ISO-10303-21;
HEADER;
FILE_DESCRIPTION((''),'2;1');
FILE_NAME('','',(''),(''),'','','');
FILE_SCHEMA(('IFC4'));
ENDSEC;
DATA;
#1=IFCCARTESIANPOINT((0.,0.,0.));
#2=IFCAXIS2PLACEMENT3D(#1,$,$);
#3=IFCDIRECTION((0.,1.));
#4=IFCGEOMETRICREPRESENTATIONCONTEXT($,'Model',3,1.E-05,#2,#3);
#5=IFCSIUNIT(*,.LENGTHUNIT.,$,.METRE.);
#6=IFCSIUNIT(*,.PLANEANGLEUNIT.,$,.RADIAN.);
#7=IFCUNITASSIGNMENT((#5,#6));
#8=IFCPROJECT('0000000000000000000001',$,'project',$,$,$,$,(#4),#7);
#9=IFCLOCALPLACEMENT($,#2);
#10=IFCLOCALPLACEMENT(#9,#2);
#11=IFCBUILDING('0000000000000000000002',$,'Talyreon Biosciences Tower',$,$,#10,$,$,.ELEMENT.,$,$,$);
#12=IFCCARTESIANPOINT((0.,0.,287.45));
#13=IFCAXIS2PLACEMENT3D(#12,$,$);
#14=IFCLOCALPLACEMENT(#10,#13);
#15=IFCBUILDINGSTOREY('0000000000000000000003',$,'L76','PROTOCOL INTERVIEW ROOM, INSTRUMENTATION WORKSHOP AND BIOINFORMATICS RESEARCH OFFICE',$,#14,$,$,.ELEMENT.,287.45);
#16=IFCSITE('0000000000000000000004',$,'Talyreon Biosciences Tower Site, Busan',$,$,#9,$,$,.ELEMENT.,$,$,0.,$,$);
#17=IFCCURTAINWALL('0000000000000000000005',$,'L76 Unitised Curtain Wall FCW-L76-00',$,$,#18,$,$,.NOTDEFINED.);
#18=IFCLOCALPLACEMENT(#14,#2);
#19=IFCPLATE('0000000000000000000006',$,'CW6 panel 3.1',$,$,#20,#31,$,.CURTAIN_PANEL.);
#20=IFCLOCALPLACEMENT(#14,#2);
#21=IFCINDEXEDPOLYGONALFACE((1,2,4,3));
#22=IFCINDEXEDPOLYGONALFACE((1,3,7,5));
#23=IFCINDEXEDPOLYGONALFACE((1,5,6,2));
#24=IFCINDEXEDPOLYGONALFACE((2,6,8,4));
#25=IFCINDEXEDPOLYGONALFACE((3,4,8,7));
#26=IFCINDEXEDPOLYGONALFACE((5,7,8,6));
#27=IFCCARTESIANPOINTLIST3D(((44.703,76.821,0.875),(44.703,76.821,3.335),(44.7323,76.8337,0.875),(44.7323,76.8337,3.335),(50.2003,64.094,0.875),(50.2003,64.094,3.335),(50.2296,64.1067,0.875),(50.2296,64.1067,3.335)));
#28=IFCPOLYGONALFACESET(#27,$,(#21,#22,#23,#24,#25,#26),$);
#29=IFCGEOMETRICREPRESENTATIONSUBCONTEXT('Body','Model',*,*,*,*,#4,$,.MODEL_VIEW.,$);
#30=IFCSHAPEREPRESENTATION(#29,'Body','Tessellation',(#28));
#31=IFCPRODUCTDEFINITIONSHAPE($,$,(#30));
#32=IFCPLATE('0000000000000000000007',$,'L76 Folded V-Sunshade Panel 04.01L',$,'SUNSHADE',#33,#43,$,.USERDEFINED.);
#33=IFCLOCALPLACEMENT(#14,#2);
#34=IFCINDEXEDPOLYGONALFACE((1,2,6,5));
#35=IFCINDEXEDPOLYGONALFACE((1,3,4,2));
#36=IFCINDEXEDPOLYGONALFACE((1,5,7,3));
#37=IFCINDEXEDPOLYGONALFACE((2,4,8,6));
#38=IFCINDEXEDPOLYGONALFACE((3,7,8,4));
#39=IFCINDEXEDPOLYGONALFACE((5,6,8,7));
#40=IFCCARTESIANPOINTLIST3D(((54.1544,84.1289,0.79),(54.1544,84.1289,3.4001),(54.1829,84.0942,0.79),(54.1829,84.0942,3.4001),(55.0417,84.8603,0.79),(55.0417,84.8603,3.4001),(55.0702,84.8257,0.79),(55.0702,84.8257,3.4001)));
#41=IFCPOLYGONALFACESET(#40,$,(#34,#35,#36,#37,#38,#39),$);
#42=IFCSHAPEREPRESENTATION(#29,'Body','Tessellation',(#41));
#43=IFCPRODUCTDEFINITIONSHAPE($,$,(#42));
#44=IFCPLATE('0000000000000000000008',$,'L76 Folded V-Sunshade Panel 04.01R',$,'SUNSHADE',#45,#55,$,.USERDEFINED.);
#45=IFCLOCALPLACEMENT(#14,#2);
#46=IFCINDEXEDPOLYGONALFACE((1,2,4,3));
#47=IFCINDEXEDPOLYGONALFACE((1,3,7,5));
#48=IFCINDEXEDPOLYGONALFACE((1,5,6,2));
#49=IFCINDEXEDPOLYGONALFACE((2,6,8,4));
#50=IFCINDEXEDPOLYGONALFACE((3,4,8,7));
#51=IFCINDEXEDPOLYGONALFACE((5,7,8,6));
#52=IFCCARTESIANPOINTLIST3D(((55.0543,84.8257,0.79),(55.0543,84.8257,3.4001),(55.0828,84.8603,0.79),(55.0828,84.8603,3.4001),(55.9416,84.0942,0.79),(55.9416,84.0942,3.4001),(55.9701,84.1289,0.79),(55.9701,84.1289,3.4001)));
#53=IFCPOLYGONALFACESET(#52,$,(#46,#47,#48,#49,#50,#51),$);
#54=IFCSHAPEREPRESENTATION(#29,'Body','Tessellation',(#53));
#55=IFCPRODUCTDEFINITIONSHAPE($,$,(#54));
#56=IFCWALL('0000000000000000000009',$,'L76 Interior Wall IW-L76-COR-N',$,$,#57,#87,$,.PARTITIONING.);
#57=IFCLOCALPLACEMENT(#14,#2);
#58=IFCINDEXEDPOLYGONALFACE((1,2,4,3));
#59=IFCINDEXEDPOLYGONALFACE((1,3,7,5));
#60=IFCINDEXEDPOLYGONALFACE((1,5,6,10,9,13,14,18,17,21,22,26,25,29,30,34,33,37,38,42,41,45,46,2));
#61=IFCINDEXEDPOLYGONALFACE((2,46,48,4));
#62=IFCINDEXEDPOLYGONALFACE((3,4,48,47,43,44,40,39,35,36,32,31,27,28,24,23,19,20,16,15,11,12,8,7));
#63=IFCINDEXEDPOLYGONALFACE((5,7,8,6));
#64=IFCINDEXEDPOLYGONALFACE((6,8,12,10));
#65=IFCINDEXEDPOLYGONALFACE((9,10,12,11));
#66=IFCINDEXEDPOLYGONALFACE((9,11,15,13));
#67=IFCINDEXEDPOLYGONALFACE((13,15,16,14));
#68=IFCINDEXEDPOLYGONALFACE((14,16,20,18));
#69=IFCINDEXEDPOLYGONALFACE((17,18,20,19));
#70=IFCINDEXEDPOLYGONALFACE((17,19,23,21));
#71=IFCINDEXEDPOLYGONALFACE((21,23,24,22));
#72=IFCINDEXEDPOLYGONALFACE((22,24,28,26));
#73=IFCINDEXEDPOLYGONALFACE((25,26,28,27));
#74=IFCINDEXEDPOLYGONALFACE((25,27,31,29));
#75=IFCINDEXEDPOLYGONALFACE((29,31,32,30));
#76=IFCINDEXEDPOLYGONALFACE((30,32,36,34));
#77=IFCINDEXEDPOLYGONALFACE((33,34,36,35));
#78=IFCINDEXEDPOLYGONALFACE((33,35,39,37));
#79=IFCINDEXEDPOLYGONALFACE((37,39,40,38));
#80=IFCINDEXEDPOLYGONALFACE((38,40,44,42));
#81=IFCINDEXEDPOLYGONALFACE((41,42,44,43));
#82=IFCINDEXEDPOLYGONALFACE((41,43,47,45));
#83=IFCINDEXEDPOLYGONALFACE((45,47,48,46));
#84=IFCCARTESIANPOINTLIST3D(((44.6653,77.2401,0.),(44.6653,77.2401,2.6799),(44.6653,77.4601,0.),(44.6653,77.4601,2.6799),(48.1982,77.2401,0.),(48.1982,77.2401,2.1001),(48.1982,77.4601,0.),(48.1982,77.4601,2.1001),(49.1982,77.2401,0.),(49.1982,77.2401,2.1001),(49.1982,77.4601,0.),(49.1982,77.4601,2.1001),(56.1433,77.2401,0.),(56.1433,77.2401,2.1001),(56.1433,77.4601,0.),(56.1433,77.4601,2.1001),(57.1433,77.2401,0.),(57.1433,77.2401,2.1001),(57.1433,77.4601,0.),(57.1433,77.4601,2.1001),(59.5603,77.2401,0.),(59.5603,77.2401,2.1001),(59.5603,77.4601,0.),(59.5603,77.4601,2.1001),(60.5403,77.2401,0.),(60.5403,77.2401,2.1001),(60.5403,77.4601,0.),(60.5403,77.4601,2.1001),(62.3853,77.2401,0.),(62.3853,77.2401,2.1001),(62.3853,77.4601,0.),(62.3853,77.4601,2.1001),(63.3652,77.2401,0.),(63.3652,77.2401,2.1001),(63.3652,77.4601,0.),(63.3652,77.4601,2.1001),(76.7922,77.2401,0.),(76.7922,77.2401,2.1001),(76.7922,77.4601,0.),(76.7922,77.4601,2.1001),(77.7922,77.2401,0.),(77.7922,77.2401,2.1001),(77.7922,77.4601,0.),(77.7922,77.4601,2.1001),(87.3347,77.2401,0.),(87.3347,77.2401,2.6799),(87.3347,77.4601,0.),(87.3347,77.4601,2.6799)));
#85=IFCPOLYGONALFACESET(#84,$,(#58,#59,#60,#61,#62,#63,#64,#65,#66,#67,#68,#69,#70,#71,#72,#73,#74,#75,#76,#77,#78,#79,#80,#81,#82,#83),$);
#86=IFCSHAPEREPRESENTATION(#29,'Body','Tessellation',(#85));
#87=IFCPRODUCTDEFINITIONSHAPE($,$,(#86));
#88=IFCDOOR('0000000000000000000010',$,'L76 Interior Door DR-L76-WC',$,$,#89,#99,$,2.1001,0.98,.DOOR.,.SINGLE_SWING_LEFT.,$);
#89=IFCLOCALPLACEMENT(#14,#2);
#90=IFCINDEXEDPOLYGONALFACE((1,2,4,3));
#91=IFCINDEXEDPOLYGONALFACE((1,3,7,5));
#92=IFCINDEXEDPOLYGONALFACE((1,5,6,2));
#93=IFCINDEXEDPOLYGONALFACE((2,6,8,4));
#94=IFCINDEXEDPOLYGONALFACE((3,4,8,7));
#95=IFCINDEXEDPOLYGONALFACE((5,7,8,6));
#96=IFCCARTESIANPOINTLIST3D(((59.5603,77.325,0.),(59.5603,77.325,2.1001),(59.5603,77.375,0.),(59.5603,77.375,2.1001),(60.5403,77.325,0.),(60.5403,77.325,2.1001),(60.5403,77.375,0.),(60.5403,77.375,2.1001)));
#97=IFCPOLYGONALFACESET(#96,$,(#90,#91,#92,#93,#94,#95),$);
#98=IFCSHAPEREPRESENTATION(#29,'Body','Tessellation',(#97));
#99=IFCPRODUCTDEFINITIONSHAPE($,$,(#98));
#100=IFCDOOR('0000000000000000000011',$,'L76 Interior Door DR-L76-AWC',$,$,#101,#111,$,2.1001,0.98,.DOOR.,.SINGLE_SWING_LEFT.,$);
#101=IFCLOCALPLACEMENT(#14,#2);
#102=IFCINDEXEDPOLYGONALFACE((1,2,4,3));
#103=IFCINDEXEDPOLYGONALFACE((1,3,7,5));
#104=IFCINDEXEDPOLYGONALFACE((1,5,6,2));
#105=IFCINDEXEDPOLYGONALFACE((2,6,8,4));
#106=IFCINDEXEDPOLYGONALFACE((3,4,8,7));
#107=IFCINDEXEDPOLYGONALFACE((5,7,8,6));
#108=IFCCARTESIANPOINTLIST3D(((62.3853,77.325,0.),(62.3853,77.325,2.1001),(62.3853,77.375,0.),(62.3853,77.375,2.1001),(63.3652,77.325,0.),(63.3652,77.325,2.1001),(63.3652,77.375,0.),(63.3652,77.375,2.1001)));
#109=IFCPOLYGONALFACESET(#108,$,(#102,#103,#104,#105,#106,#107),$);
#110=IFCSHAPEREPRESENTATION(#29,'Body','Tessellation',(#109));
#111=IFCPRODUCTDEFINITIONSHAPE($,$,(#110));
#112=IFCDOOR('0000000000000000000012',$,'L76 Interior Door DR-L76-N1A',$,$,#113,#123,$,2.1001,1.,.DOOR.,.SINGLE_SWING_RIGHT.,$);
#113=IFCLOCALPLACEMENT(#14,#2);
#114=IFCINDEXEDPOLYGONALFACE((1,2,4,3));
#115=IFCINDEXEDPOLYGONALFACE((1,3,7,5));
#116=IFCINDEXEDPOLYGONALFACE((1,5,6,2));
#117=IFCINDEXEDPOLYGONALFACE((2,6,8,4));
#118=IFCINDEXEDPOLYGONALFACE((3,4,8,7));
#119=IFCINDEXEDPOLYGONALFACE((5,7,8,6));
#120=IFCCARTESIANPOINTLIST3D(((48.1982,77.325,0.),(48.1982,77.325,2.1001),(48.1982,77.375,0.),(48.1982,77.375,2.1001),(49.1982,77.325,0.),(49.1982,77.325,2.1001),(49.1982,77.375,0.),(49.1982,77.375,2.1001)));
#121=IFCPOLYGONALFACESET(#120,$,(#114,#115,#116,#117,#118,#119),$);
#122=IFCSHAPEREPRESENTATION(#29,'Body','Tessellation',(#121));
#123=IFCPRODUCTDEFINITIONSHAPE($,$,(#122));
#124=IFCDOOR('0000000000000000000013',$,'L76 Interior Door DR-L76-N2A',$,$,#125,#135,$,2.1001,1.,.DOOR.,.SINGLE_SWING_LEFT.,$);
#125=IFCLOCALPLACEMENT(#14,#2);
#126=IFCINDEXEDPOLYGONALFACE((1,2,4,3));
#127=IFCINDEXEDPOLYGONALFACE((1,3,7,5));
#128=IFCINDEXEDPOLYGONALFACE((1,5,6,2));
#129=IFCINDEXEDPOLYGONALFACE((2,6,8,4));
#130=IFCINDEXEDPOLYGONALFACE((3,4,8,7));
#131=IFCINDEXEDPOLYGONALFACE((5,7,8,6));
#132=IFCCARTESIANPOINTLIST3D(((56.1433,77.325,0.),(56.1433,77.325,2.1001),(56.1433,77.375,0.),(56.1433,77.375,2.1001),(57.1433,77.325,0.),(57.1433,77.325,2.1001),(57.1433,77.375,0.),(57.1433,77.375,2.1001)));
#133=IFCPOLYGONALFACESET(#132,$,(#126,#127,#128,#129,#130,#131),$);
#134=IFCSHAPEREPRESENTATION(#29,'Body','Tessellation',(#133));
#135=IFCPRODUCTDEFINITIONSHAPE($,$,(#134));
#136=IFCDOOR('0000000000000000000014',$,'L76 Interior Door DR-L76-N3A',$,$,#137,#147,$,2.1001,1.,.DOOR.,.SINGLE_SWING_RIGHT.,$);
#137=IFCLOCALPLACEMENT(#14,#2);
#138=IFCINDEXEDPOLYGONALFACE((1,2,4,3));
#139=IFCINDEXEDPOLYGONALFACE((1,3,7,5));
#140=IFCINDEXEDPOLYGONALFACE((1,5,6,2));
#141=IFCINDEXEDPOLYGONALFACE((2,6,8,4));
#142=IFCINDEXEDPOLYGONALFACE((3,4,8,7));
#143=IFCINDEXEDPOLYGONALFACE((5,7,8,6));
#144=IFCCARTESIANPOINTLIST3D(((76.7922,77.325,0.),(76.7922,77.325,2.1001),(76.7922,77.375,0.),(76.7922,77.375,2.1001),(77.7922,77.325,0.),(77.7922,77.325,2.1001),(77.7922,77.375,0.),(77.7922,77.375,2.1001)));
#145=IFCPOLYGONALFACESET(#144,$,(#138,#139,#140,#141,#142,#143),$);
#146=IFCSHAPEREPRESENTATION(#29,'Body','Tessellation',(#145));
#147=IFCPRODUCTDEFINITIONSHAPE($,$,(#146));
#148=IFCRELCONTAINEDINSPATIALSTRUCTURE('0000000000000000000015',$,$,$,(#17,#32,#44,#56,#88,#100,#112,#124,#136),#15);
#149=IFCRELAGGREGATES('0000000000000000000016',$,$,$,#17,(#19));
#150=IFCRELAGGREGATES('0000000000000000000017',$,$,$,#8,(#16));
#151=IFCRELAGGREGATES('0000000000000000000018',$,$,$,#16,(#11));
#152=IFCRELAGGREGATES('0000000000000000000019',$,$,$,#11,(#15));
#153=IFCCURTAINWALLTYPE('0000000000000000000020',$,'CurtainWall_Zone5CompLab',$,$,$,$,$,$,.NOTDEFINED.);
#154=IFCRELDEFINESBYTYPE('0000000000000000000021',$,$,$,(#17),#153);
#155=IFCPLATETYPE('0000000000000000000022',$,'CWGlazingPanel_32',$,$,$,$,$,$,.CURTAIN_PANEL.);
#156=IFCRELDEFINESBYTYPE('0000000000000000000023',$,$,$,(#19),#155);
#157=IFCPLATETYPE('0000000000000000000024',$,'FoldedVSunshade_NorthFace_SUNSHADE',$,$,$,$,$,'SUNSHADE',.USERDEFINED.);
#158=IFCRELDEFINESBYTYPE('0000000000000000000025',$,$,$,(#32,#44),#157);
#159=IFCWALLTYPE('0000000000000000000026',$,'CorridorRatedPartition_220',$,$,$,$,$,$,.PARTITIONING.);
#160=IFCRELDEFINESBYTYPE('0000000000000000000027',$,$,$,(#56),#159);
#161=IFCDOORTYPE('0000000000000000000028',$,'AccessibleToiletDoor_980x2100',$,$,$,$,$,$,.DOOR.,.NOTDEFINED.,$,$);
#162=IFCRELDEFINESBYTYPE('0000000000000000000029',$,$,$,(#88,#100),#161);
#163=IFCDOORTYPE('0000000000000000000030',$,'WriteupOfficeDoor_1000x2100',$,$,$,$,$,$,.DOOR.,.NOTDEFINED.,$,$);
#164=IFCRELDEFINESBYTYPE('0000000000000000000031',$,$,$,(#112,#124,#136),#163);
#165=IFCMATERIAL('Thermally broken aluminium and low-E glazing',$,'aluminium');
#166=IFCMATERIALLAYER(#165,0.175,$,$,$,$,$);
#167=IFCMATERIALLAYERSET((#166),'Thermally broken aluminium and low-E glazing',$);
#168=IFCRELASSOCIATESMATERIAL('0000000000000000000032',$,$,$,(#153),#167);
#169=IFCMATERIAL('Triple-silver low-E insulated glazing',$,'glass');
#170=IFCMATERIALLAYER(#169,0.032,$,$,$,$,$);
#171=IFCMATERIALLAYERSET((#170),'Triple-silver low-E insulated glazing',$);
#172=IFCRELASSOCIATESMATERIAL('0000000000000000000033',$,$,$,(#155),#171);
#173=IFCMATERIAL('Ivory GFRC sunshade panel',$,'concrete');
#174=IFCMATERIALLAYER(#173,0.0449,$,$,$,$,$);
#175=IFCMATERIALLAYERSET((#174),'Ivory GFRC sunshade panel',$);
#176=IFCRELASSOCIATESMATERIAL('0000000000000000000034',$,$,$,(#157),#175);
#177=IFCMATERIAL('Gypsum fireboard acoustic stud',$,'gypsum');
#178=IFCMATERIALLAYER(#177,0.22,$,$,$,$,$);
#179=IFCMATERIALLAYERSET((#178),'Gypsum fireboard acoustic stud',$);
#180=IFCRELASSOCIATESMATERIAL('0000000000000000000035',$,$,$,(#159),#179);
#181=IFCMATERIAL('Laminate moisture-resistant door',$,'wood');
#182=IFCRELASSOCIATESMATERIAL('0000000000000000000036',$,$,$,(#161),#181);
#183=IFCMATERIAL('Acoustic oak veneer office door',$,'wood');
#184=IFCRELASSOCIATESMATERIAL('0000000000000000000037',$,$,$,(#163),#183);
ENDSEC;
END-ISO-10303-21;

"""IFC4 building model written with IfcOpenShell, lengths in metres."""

from ifc_helpers import new_model, si_unit, direction, frame, frame_2d, origin, origin_2d, place, context, subcontext, project, spatial, rectangle, extrude, material, layer, layer_set, type_object, element, fill, aggregate, save


model = new_model("IFC4")

# Units and contexts
model_context = context("Model", 3, precision=1e-05, world=origin(), true_north=direction((0.0, 1.0)))
body_context = subcontext(model_context, "Body", "Model", "MODEL_VIEW")
ifc_project = project(units=[si_unit("LENGTHUNIT", "METRE"), si_unit("PLANEANGLEUNIT", "RADIAN")], contexts=[model_context])

# Site, building, storey
site_placement = place(None, origin())
site = spatial("IfcSite", under=ifc_project, at=site_placement, Name="Talyreon Biosciences Tower Site, Busan", CompositionType="ELEMENT", RefElevation=0.0)
building_placement = place(site_placement, origin())
building = spatial("IfcBuilding", under=site, at=building_placement, Name="Talyreon Biosciences Tower", CompositionType="ELEMENT")
storey_placement = place(building_placement, frame((0.0, 0.0, 287.45)))
storey = spatial("IfcBuildingStorey", under=building, at=storey_placement, Name="L76", Description="PROTOCOL INTERVIEW ROOM, INSTRUMENTATION WORKSHOP AND BIOINFORMATICS RESEARCH OFFICE", CompositionType="ELEMENT", Elevation=287.45)

# Curtain wall
ifc_material_1 = material(Name="Thermally broken aluminium and low-E glazing", Category="aluminium")
ifc_layer_1 = layer(ifc_material_1, 0.175)
ifc_layer_set_1 = layer_set([ifc_layer_1], Name="Thermally broken aluminium and low-E glazing")
curtain_wall_type = type_object("IfcCurtainWallType", Name="CurtainWall_Zone5CompLab", PredefinedType="NOTDEFINED", material=ifc_layer_set_1)
curtain_wall_1_placement = place(storey_placement, origin())
curtain_wall_1 = element("IfcCurtainWall", 1, at=curtain_wall_1_placement, inside=storey, type_object=curtain_wall_type, Name="L76 Unitised Curtain Wall FCW-L76-00", PredefinedType="NOTDEFINED")

# Plate
ifc_material_2 = material(Name="Triple-silver low-E insulated glazing", Category="glass")
ifc_layer_2 = layer(ifc_material_2, 0.032)
ifc_layer_set_2 = layer_set([ifc_layer_2], Name="Triple-silver low-E insulated glazing")
plate_type_1 = type_object("IfcPlateType", Name="CWGlazingPanel_32", PredefinedType="CURTAIN_PANEL", material=ifc_layer_set_2)
plate_placement = place(storey_placement, frame((47.4663, 70.4639, 0.875), z_axis=(0.0, 0.0, 1.0), x_axis=(-0.396528, 0.918022, 0.0)))
plate = element("IfcPlate", 2, at=plate_placement, type_object=plate_type_1, Name="CW6 panel 3.1", PredefinedType="CURTAIN_PANEL", context=body_context, shape_type="SweptSolid", body=[
    extrude(rectangle(XDim=13.8635, YDim=0.032, at=origin_2d()), origin(), (0.0, 0.0, 1.0), 2.46),
])
aggregate(curtain_wall_1, [plate])

# Plates
ifc_material_3 = material(Name="Ivory GFRC sunshade panel", Category="concrete")
ifc_layer_3 = layer(ifc_material_3, 0.0449)
ifc_layer_set_3 = layer_set([ifc_layer_3], Name="Ivory GFRC sunshade panel")
plate_type_2 = type_object("IfcPlateType", Name="FoldedVSunshade_NorthFace_SUNSHADE", ElementType="SUNSHADE", PredefinedType="USERDEFINED", material=ifc_layer_set_3)
for number, where, z_axis, x_axis, name in (
    (3, (54.6123, 84.4773, 0.79), (0.0, 0.0, 1.0), (0.771625, 0.636078, 0.0), "L76 Folded V-Sunshade Panel 04.01L"),
    (4, (55.5122, 84.4773, 0.79), (0.0, 0.0, 1.0), (0.771625, -0.636078, 0.0), "L76 Folded V-Sunshade Panel 04.01R"),
):
    element("IfcPlate", number, at=place(storey_placement, frame(where, z_axis=z_axis, x_axis=x_axis)), inside=storey, type_object=plate_type_2, Name=name, ObjectType="SUNSHADE", PredefinedType="USERDEFINED", context=body_context, shape_type="SweptSolid", body=[
        extrude(rectangle(XDim=1.1499, YDim=0.0449, at=origin_2d()), origin(), (0.0, 0.0, 1.0), 2.6101),
    ])

# Wall, openings, doors
ifc_material_4 = material(Name="Gypsum fireboard acoustic stud", Category="gypsum")
ifc_layer_4 = layer(ifc_material_4, 0.22)
ifc_layer_set_4 = layer_set([ifc_layer_4], Name="Gypsum fireboard acoustic stud")
wall_type_1 = type_object("IfcWallType", Name="CorridorRatedPartition_220", PredefinedType="PARTITIONING", material=ifc_layer_set_4)
wall_1_placement = place(storey_placement, frame((44.6653, 77.3501, 0.0), z_axis=(0.0, 0.0, 1.0), x_axis=(1.0, 0.0, 0.0)))
wall_1 = element("IfcWall", 5, at=wall_1_placement, inside=storey, type_object=wall_type_1, Name="L76 Interior Wall IW-L76-COR-N", PredefinedType="PARTITIONING", context=body_context, shape_type="SweptSolid", body=[
    extrude(rectangle(XDim=42.6694, YDim=0.22, at=frame_2d((21.3347, 0.0))), origin(), (0.0, 0.0, 1.0), 2.6799),
])
opening_1_placement = place(wall_1_placement, frame((14.895, 0.0, 0.0)))
opening_1 = element("IfcOpeningElement", 6, at=opening_1_placement, cuts=wall_1, PredefinedType="OPENING", context=body_context, shape_type="SweptSolid", body=[
    extrude(rectangle(XDim=0.98, YDim=2.1001, at=frame_2d((0.49, 1.05))), frame((0.0, 0.1199, 0.0), z_axis=(0.0, -1.0, 0.0), x_axis=(1.0, 0.0, 0.0)), (0.0, 0.0, 1.0), 0.24),
])
opening_2_placement = place(wall_1_placement, frame((17.72, 0.0, 0.0)))
opening_2 = element("IfcOpeningElement", 7, at=opening_2_placement, cuts=wall_1, PredefinedType="OPENING", context=body_context, shape_type="SweptSolid", body=[
    extrude(rectangle(XDim=0.98, YDim=2.1001, at=frame_2d((0.49, 1.05))), frame((0.0, 0.1199, 0.0), z_axis=(0.0, -1.0, 0.0), x_axis=(1.0, 0.0, 0.0)), (0.0, 0.0, 1.0), 0.24),
])
opening_3_placement = place(wall_1_placement, frame((3.533, 0.0, 0.0)))
opening_3 = element("IfcOpeningElement", 8, at=opening_3_placement, cuts=wall_1, PredefinedType="OPENING", context=body_context, shape_type="SweptSolid", body=[
    extrude(rectangle(XDim=1.0, YDim=2.1001, at=frame_2d((0.5, 1.05))), frame((0.0, 0.1199, 0.0), z_axis=(0.0, -1.0, 0.0), x_axis=(1.0, 0.0, 0.0)), (0.0, 0.0, 1.0), 0.24),
])
opening_4_placement = place(wall_1_placement, frame((11.478, 0.0, 0.0)))
opening_4 = element("IfcOpeningElement", 9, at=opening_4_placement, cuts=wall_1, PredefinedType="OPENING", context=body_context, shape_type="SweptSolid", body=[
    extrude(rectangle(XDim=1.0, YDim=2.1001, at=frame_2d((0.5, 1.05))), frame((0.0, 0.1199, 0.0), z_axis=(0.0, -1.0, 0.0), x_axis=(1.0, 0.0, 0.0)), (0.0, 0.0, 1.0), 0.24),
])
opening_5_placement = place(wall_1_placement, frame((32.127, 0.0, 0.0)))
opening_5 = element("IfcOpeningElement", 10, at=opening_5_placement, cuts=wall_1, PredefinedType="OPENING", context=body_context, shape_type="SweptSolid", body=[
    extrude(rectangle(XDim=1.0, YDim=2.1001, at=frame_2d((0.5, 1.05))), frame((0.0, 0.1199, 0.0), z_axis=(0.0, -1.0, 0.0), x_axis=(1.0, 0.0, 0.0)), (0.0, 0.0, 1.0), 0.24),
])
ifc_material_5 = material(Name="Laminate moisture-resistant door", Category="wood")
door_type_1 = type_object("IfcDoorType", Name="AccessibleToiletDoor_980x2100", OperationType="NOTDEFINED", PredefinedType="DOOR", material=ifc_material_5)
door_1_placement = place(opening_1_placement, origin())
door_1 = element("IfcDoor", 11, at=door_1_placement, inside=storey, type_object=door_type_1, Name="L76 Interior Door DR-L76-WC", OperationType="SINGLE_SWING_LEFT", OverallHeight=2.1001, OverallWidth=0.98, PredefinedType="DOOR", context=body_context, shape_type="SweptSolid", body=[
    extrude(rectangle(XDim=0.98, YDim=2.1001, at=frame_2d((0.49, 1.05))), frame((0.0, 0.0249, 0.0), z_axis=(0.0, -1.0, 0.0), x_axis=(1.0, 0.0, 0.0)), (0.0, 0.0, 1.0), 0.05),
])
fill(opening_1, door_1)
door_2_placement = place(opening_2_placement, origin())
door_2 = element("IfcDoor", 12, at=door_2_placement, inside=storey, type_object=door_type_1, Name="L76 Interior Door DR-L76-AWC", OperationType="SINGLE_SWING_LEFT", OverallHeight=2.1001, OverallWidth=0.98, PredefinedType="DOOR", context=body_context, shape_type="SweptSolid", body=[
    extrude(rectangle(XDim=0.98, YDim=2.1001, at=frame_2d((0.49, 1.05))), frame((0.0, 0.0249, 0.0), z_axis=(0.0, -1.0, 0.0), x_axis=(1.0, 0.0, 0.0)), (0.0, 0.0, 1.0), 0.05),
])
fill(opening_2, door_2)
ifc_material_6 = material(Name="Acoustic oak veneer office door", Category="wood")
door_type_2 = type_object("IfcDoorType", Name="WriteupOfficeDoor_1000x2100", OperationType="NOTDEFINED", PredefinedType="DOOR", material=ifc_material_6)
door_3_placement = place(opening_3_placement, origin())
door_3 = element("IfcDoor", 13, at=door_3_placement, inside=storey, type_object=door_type_2, Name="L76 Interior Door DR-L76-N1A", OperationType="SINGLE_SWING_RIGHT", OverallHeight=2.1001, OverallWidth=1.0, PredefinedType="DOOR", context=body_context, shape_type="SweptSolid", body=[
    extrude(rectangle(XDim=1.0, YDim=2.1001, at=frame_2d((0.5, 1.05))), frame((0.0, 0.0249, 0.0), z_axis=(0.0, -1.0, 0.0), x_axis=(1.0, 0.0, 0.0)), (0.0, 0.0, 1.0), 0.05),
])
fill(opening_3, door_3)
door_4_placement = place(opening_4_placement, origin())
door_4 = element("IfcDoor", 14, at=door_4_placement, inside=storey, type_object=door_type_2, Name="L76 Interior Door DR-L76-N2A", OperationType="SINGLE_SWING_LEFT", OverallHeight=2.1001, OverallWidth=1.0, PredefinedType="DOOR", context=body_context, shape_type="SweptSolid", body=[
    extrude(rectangle(XDim=1.0, YDim=2.1001, at=frame_2d((0.5, 1.05))), frame((0.0, 0.0249, 0.0), z_axis=(0.0, -1.0, 0.0), x_axis=(1.0, 0.0, 0.0)), (0.0, 0.0, 1.0), 0.05),
])
fill(opening_4, door_4)
door_5_placement = place(opening_5_placement, origin())
door_5 = element("IfcDoor", 15, at=door_5_placement, inside=storey, type_object=door_type_2, Name="L76 Interior Door DR-L76-N3A", OperationType="SINGLE_SWING_RIGHT", OverallHeight=2.1001, OverallWidth=1.0, PredefinedType="DOOR", context=body_context, shape_type="SweptSolid", body=[
    extrude(rectangle(XDim=1.0, YDim=2.1001, at=frame_2d((0.5, 1.05))), frame((0.0, 0.0249, 0.0), z_axis=(0.0, -1.0, 0.0), x_axis=(1.0, 0.0, 0.0)), (0.0, 0.0, 1.0), 0.05),
])
fill(opening_5, door_5)

save(model, "model.ifc")
